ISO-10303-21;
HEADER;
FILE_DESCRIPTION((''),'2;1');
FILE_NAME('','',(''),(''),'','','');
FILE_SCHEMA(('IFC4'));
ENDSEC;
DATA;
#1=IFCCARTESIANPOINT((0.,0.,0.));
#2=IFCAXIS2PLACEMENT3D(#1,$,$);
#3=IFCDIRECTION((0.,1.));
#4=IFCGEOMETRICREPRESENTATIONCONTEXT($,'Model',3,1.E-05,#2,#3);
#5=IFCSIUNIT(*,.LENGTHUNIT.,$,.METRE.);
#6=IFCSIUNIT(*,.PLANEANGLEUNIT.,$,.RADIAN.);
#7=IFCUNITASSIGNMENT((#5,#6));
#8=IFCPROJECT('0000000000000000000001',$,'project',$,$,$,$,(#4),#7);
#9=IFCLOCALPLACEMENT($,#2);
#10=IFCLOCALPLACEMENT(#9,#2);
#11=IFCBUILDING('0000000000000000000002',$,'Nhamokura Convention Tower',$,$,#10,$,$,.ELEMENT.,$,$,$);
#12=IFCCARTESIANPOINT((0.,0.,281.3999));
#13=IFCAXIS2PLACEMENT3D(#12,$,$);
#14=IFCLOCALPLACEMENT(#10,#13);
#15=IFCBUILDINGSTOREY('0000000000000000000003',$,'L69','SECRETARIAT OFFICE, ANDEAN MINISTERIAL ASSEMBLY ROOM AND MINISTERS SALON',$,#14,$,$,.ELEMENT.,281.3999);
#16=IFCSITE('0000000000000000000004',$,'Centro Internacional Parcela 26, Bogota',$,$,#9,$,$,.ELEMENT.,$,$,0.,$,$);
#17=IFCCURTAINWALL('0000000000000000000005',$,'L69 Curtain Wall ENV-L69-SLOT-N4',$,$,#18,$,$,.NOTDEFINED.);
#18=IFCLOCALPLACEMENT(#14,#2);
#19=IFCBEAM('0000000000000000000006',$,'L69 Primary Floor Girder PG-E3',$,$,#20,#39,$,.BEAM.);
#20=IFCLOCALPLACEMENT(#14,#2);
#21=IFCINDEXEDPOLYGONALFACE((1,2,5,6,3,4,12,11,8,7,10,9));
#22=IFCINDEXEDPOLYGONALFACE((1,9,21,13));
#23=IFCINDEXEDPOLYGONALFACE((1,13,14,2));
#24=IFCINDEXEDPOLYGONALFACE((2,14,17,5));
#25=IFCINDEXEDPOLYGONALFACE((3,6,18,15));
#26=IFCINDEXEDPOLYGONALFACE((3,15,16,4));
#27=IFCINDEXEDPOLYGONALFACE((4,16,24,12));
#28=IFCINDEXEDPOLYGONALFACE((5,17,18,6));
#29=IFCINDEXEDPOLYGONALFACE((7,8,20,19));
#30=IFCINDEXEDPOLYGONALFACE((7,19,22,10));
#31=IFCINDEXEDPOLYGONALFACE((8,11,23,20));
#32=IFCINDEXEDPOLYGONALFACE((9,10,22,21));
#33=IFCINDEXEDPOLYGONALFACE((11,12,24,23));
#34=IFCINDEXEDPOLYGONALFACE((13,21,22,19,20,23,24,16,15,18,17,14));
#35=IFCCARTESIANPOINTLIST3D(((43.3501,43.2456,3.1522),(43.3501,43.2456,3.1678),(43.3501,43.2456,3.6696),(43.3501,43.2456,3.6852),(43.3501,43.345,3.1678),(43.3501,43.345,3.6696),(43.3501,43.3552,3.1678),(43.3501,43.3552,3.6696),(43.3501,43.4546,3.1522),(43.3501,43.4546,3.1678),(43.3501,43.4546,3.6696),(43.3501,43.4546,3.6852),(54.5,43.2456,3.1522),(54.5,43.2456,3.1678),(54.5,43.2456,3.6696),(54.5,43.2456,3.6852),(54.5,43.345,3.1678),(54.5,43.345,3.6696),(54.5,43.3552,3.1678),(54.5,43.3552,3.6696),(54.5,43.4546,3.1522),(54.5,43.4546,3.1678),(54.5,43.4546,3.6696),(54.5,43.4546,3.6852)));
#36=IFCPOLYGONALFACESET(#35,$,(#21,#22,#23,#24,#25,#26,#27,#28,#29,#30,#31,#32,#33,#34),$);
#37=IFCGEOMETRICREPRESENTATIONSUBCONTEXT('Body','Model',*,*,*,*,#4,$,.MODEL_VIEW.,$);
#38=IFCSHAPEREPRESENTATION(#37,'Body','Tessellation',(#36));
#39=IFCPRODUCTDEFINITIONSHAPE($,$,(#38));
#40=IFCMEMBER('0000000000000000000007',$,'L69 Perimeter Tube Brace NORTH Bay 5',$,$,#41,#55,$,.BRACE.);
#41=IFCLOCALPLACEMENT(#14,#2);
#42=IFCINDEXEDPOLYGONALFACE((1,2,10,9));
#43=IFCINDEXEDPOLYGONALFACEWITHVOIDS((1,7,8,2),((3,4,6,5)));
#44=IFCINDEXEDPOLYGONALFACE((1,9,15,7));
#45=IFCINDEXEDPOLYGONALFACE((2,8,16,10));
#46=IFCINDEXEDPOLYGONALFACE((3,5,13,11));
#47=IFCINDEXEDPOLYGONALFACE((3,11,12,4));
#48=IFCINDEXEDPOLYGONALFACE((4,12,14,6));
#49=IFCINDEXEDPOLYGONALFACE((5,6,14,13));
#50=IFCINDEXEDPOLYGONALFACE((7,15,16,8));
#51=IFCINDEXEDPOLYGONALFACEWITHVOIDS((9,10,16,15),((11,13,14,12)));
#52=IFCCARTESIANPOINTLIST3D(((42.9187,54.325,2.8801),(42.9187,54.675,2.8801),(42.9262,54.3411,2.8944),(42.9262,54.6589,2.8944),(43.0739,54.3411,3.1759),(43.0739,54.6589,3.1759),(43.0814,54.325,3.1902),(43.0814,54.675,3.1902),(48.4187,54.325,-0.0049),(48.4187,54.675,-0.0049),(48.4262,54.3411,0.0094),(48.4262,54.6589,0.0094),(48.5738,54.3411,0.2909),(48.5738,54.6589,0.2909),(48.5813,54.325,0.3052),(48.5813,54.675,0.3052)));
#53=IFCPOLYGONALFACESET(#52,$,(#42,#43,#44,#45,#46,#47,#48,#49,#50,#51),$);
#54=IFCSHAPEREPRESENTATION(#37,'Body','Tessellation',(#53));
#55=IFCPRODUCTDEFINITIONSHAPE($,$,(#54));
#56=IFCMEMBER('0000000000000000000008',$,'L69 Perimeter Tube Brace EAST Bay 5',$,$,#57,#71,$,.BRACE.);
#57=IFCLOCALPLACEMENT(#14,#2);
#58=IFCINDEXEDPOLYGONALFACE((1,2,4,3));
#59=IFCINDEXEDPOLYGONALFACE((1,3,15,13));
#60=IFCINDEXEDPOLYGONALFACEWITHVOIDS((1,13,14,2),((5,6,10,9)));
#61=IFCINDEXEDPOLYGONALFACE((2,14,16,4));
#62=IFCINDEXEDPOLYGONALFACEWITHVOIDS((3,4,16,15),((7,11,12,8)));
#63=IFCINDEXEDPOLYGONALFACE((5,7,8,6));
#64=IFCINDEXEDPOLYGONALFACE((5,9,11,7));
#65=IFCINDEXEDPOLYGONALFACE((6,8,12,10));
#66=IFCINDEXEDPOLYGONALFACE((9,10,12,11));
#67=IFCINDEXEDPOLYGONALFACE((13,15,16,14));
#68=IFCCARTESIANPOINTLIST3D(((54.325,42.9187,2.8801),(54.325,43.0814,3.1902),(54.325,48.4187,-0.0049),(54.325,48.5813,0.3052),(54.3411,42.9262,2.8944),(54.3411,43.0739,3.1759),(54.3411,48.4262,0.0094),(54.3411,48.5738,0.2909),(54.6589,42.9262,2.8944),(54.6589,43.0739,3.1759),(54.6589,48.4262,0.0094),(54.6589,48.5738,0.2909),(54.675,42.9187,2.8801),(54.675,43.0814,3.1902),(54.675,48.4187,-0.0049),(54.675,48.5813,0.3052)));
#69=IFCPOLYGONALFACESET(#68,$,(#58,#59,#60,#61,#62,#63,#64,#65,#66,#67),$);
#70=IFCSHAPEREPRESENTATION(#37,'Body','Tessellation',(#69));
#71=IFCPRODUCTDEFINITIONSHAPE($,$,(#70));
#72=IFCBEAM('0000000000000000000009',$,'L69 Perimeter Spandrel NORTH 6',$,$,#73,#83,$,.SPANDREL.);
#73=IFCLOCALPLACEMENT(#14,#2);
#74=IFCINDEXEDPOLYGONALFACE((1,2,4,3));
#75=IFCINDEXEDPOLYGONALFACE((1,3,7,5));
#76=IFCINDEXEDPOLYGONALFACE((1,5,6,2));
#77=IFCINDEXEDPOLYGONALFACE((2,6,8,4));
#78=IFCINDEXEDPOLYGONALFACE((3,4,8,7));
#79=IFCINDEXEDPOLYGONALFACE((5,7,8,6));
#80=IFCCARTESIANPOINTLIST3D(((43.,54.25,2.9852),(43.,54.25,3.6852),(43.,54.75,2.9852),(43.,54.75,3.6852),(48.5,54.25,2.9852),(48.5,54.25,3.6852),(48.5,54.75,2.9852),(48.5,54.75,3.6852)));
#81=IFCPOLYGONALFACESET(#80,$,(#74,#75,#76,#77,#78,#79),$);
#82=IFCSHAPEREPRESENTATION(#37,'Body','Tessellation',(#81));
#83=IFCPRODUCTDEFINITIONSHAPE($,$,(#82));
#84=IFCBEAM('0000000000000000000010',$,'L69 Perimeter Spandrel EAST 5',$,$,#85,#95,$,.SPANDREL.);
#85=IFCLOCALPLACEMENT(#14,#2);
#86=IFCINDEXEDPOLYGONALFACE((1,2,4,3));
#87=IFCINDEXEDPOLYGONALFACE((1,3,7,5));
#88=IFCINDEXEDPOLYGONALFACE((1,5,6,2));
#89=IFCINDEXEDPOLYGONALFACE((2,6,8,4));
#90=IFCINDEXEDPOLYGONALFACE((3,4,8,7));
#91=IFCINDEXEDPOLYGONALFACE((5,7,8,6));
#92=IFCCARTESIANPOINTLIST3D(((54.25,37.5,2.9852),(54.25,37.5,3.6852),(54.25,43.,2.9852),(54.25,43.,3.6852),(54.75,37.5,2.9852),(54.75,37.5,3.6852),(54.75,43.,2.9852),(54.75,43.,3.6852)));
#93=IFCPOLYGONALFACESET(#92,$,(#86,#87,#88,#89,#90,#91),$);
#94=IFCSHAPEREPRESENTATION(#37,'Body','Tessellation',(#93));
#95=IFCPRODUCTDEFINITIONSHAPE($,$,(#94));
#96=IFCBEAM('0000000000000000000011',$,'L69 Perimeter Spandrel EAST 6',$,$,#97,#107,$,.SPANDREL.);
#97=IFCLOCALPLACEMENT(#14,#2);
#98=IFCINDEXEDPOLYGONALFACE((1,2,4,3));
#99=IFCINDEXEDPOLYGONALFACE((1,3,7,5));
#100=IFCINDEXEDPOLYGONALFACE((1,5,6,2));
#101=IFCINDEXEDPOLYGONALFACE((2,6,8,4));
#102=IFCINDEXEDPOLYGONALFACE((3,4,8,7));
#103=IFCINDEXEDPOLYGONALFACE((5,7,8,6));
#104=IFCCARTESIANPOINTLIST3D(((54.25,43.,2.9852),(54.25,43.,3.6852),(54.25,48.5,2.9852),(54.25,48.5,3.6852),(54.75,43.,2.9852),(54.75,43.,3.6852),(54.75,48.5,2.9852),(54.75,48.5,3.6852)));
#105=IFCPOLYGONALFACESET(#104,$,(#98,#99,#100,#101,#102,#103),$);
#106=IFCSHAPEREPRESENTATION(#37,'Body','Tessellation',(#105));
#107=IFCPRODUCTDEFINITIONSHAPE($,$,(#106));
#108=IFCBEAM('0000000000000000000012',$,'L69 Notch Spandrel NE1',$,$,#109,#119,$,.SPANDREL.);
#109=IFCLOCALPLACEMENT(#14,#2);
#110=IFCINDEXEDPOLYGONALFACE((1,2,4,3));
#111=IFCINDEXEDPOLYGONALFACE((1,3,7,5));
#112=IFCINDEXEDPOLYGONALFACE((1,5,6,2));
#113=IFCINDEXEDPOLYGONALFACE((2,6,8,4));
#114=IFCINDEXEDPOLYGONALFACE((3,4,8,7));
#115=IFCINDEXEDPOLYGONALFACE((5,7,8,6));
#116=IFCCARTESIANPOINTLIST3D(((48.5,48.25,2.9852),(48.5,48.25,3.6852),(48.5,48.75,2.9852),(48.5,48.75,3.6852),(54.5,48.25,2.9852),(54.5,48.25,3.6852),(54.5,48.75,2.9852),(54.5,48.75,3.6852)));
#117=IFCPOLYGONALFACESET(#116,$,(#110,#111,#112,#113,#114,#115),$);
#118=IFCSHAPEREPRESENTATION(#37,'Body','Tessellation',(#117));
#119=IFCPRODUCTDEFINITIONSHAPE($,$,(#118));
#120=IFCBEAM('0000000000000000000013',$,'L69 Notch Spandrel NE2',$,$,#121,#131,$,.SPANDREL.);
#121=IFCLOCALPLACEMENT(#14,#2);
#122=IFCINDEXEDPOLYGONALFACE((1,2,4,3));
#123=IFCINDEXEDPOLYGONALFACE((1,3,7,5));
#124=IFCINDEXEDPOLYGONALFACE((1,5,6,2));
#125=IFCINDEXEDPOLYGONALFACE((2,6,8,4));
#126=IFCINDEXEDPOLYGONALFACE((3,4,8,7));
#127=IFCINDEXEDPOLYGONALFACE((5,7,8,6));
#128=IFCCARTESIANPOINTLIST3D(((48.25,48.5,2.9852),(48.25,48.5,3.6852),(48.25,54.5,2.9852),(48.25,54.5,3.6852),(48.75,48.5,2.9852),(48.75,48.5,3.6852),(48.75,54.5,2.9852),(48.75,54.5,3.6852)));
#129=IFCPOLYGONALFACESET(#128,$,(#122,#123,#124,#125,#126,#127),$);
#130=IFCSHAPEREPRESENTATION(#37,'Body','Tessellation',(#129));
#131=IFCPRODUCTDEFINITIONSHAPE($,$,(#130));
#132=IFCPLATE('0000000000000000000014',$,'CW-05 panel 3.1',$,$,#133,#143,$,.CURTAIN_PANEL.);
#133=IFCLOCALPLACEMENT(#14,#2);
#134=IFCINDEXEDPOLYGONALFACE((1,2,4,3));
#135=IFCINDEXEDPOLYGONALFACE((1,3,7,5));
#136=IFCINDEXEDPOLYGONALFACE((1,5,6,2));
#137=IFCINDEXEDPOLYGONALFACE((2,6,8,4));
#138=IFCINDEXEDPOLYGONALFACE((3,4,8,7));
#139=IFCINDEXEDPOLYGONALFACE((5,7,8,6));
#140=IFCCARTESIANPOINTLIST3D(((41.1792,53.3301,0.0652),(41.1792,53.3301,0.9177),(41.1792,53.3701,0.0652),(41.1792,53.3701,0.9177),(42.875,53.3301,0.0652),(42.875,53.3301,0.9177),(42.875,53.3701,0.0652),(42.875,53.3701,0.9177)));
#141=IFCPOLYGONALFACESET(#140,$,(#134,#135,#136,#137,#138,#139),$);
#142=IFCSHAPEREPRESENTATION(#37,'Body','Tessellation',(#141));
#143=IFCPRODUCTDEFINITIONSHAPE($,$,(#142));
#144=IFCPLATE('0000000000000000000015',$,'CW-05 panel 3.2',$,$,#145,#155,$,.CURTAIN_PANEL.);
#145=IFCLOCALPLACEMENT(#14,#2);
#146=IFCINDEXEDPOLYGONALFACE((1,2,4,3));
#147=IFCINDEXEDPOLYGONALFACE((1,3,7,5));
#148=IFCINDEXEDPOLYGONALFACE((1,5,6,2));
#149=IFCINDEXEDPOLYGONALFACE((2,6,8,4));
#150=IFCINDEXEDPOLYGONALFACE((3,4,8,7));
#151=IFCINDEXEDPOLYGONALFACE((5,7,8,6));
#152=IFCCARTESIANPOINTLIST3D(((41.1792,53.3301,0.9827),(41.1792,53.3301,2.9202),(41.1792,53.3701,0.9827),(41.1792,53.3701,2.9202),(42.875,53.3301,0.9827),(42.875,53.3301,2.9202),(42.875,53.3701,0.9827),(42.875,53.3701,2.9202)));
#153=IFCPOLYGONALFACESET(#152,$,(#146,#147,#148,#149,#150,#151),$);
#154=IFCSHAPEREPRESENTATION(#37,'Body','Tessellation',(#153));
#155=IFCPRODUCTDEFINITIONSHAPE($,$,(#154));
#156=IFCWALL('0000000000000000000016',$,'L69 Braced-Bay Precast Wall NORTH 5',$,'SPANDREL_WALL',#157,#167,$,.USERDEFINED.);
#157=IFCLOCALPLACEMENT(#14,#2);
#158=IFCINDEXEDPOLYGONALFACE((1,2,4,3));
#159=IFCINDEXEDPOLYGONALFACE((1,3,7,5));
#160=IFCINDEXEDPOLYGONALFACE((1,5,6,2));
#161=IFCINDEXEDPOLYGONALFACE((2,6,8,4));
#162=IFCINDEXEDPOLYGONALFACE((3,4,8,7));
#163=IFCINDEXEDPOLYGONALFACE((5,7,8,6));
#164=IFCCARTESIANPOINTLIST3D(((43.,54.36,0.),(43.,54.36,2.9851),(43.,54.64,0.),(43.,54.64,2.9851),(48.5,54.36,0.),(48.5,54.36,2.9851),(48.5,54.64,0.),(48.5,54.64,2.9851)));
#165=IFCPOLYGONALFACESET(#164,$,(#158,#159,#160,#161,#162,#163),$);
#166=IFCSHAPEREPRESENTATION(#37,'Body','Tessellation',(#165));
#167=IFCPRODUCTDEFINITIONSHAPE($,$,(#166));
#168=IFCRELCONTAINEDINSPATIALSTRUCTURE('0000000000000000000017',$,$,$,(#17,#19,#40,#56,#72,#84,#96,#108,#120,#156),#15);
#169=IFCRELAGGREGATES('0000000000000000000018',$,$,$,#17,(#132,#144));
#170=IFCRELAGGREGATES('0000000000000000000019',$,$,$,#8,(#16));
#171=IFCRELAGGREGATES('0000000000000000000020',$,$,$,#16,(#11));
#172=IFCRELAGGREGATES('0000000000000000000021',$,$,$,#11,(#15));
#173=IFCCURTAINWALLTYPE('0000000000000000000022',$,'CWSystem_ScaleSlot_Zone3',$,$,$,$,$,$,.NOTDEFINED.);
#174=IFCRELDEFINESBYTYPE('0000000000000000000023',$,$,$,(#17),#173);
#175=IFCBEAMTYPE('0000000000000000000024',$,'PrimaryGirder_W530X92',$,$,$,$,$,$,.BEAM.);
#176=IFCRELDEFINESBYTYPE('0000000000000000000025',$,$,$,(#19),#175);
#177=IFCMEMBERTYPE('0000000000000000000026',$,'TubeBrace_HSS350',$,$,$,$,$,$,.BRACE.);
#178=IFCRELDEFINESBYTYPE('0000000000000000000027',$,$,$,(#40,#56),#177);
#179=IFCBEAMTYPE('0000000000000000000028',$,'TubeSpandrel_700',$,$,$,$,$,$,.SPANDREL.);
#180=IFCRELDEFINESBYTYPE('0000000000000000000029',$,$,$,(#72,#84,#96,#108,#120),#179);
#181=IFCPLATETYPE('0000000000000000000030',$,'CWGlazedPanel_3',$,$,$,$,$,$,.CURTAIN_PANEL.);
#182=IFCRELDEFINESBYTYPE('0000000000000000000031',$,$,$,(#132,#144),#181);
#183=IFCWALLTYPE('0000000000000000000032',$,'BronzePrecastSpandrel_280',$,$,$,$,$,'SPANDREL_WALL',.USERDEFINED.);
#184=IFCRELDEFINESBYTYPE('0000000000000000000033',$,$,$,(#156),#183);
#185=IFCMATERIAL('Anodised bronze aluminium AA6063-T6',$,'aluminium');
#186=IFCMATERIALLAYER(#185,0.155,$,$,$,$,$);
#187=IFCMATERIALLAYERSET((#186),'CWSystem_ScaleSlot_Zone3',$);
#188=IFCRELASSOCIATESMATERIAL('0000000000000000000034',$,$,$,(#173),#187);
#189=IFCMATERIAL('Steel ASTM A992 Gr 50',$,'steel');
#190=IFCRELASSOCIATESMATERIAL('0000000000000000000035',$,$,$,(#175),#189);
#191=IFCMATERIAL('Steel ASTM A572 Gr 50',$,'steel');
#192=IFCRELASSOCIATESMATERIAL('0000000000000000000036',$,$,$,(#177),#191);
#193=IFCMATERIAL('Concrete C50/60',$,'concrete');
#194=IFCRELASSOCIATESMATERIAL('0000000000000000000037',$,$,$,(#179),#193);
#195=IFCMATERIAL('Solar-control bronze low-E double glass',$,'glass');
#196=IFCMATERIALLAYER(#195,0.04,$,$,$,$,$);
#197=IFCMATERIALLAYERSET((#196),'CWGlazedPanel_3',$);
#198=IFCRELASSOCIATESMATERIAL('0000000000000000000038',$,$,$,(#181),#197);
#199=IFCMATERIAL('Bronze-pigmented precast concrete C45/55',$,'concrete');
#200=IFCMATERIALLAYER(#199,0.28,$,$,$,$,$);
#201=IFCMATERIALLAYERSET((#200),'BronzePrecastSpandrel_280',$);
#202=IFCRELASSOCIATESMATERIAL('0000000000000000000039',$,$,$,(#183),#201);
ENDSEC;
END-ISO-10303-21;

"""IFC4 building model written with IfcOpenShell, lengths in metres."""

from ifc_helpers import new_model, si_unit, direction, frame, frame_2d, origin, origin_2d, place, context, subcontext, project, spatial, rectangle, hollow_rectangle, i_section, extrude, material, layer, layer_set, material_profile, profile_set, type_object, element, aggregate, save


model = new_model("IFC4")

# Units and contexts
model_context = context("Model", 3, precision=1e-05, world=origin(), true_north=direction((0.0, 1.0)))
body_context = subcontext(model_context, "Body", "Model", "MODEL_VIEW")
ifc_project = project(units=[si_unit("LENGTHUNIT", "METRE"), si_unit("PLANEANGLEUNIT", "RADIAN")], contexts=[model_context])

# Site, building, storey
site_placement = place(None, origin())
site = spatial("IfcSite", under=ifc_project, at=site_placement, Name="Centro Internacional Parcela 26, Bogota", CompositionType="ELEMENT", RefElevation=0.0)
building_placement = place(site_placement, origin())
building = spatial("IfcBuilding", under=site, at=building_placement, Name="Nhamokura Convention Tower", CompositionType="ELEMENT")
storey_placement = place(building_placement, frame((0.0, 0.0, 281.3999)))
storey = spatial("IfcBuildingStorey", under=building, at=storey_placement, Name="L69", Description="SECRETARIAT OFFICE, ANDEAN MINISTERIAL ASSEMBLY ROOM AND MINISTERS SALON", CompositionType="ELEMENT", Elevation=281.3999)

# Curtain wall
ifc_material_1 = material(Name="Anodised bronze aluminium AA6063-T6", Category="aluminium")
ifc_layer_1 = layer(ifc_material_1, 0.155)
ifc_layer_set_1 = layer_set([ifc_layer_1], Name="CWSystem_ScaleSlot_Zone3")
curtain_wall_type = type_object("IfcCurtainWallType", Name="CWSystem_ScaleSlot_Zone3", PredefinedType="NOTDEFINED", material=ifc_layer_set_1)
curtain_wall_placement = place(storey_placement, origin())
curtain_wall = element("IfcCurtainWall", 1, at=curtain_wall_placement, inside=storey, type_object=curtain_wall_type, Name="L69 Curtain Wall ENV-L69-SLOT-N4", PredefinedType="NOTDEFINED")

# Beam
ifc_material_2 = material(Name="Steel ASTM A992 Gr 50", Category="steel")
ifc_material_profile_1 = material_profile(ifc_material_2, i_section(OverallWidth=0.209, OverallDepth=0.533, WebThickness=0.0103, FlangeThickness=0.0156, at=origin_2d()))
ifc_profile_set_1 = profile_set([ifc_material_profile_1], Name="Steel ASTM A992 Gr 50")
beam_type_1 = type_object("IfcBeamType", Name="PrimaryGirder_W530X92", PredefinedType="BEAM", material=ifc_profile_set_1)
for number, where, z_axis, x_axis, name in (
    (2, (43.3501, 43.3501, 3.4187), (1.0, 0.0, 0.0), (0.0, 1.0, 0.0), "L69 Primary Floor Girder PG-E3"),
):
    element("IfcBeam", number, at=place(storey_placement, frame(where, z_axis=z_axis, x_axis=x_axis)), inside=storey, type_object=beam_type_1, Name=name, PredefinedType="BEAM", context=body_context, shape_type="SweptSolid", body=[
        extrude(i_section(OverallWidth=0.209, OverallDepth=0.533, WebThickness=0.0103, FlangeThickness=0.0156, at=origin_2d()), origin(), (0.0, 0.0, 1.0), 11.1499),
    ])

# Members
ifc_material_3 = material(Name="Steel ASTM A572 Gr 50", Category="steel")
ifc_material_profile_2 = material_profile(ifc_material_3, hollow_rectangle(XDim=0.3501, YDim=0.3501, WallThickness=0.0161, at=origin_2d()))
ifc_profile_set_2 = profile_set([ifc_material_profile_2], Name="Steel ASTM A572 Gr 50")
member_type_1 = type_object("IfcMemberType", Name="TubeBrace_HSS350", PredefinedType="BRACE", material=ifc_profile_set_2)
for number, where, z_axis, x_axis, name in (
    (3, (48.5, 54.5, 0.1501), (-0.885563, 0.0, 0.46452), (0.0, -1.0, 0.0), "L69 Perimeter Tube Brace NORTH Bay 5"),
    (4, (54.5, 48.5, 0.1501), (0.0, -0.885563, 0.46452), (1.0, 0.0, 0.0), "L69 Perimeter Tube Brace EAST Bay 5"),
):
    element("IfcMember", number, at=place(storey_placement, frame(where, z_axis=z_axis, x_axis=x_axis)), inside=storey, type_object=member_type_1, Name=name, PredefinedType="BRACE", context=body_context, shape_type="SweptSolid", body=[
        extrude(hollow_rectangle(XDim=0.3501, YDim=0.3501, WallThickness=0.0161, at=origin_2d()), origin(), (0.0, 0.0, 1.0), 6.2107),
    ])

# Beams
ifc_material_4 = material(Name="Concrete C50/60", Category="concrete")
ifc_material_profile_3 = material_profile(ifc_material_4, rectangle(XDim=0.5, YDim=0.7, at=origin_2d()))
ifc_profile_set_3 = profile_set([ifc_material_profile_3], Name="Concrete C50/60")
beam_type_2 = type_object("IfcBeamType", Name="TubeSpandrel_700", PredefinedType="SPANDREL", material=ifc_profile_set_3)
for number, where, z_axis, x_axis, name in (
    (5, (43.0, 54.5, 3.3352), (1.0, 0.0, 0.0), (0.0, 1.0, 0.0), "L69 Perimeter Spandrel NORTH 6"),
    (6, (54.5, 37.5, 3.3352), (0.0, 1.0, 0.0), (-1.0, 0.0, 0.0), "L69 Perimeter Spandrel EAST 5"),
    (7, (54.5, 43.0, 3.3352), (0.0, 1.0, 0.0), (-1.0, 0.0, 0.0), "L69 Perimeter Spandrel EAST 6"),
):
    element("IfcBeam", number, at=place(storey_placement, frame(where, z_axis=z_axis, x_axis=x_axis)), inside=storey, type_object=beam_type_2, Name=name, PredefinedType="SPANDREL", context=body_context, shape_type="SweptSolid", body=[
        extrude(rectangle(XDim=0.5, YDim=0.7, at=origin_2d()), origin(), (0.0, 0.0, 1.0), 5.5),
    ])
for number, where, z_axis, x_axis, name in (
    (8, (54.5, 48.5, 3.3352), (-1.0, 0.0, 0.0), (0.0, -1.0, 0.0), "L69 Notch Spandrel NE1"),
    (9, (48.5, 48.5, 3.3352), (0.0, 1.0, 0.0), (-1.0, 0.0, 0.0), "L69 Notch Spandrel NE2"),
):
    element("IfcBeam", number, at=place(storey_placement, frame(where, z_axis=z_axis, x_axis=x_axis)), inside=storey, type_object=beam_type_2, Name=name, PredefinedType="SPANDREL", context=body_context, shape_type="SweptSolid", body=[
        extrude(rectangle(XDim=0.5, YDim=0.7, at=origin_2d()), origin(), (0.0, 0.0, 1.0), 6.0),
    ])

# Plates
ifc_material_5 = material(Name="Solar-control bronze low-E double glass", Category="glass")
ifc_layer_2 = layer(ifc_material_5, 0.04)
ifc_layer_set_2 = layer_set([ifc_layer_2], Name="CWGlazedPanel_3")
plate_type = type_object("IfcPlateType", Name="CWGlazedPanel_3", PredefinedType="CURTAIN_PANEL", material=ifc_layer_set_2)
plate_1_placement = place(storey_placement, frame((42.0271, 53.3501, 0.0652), z_axis=(0.0, 0.0, 1.0), x_axis=(1.0, 0.0, 0.0)))
plate_1 = element("IfcPlate", 10, at=plate_1_placement, type_object=plate_type, Name="CW-05 panel 3.1", PredefinedType="CURTAIN_PANEL", context=body_context, shape_type="SweptSolid", body=[
    extrude(rectangle(XDim=1.6958, YDim=0.04, at=origin_2d()), origin(), (0.0, 0.0, 1.0), 0.8525),
])
plate_2_placement = place(storey_placement, frame((42.0271, 53.3501, 0.9827), z_axis=(0.0, 0.0, 1.0), x_axis=(1.0, 0.0, 0.0)))
plate_2 = element("IfcPlate", 11, at=plate_2_placement, type_object=plate_type, Name="CW-05 panel 3.2", PredefinedType="CURTAIN_PANEL", context=body_context, shape_type="SweptSolid", body=[
    extrude(rectangle(XDim=1.6958, YDim=0.04, at=origin_2d()), origin(), (0.0, 0.0, 1.0), 1.9375),
])
aggregate(curtain_wall, [plate_1, plate_2])

# Wall
ifc_material_6 = material(Name="Bronze-pigmented precast concrete C45/55", Category="concrete")
ifc_layer_3 = layer(ifc_material_6, 0.28)
ifc_layer_set_3 = layer_set([ifc_layer_3], Name="BronzePrecastSpandrel_280")
wall_type_1 = type_object("IfcWallType", Name="BronzePrecastSpandrel_280", ElementType="SPANDREL_WALL", PredefinedType="USERDEFINED", material=ifc_layer_set_3)
wall_1_placement = place(storey_placement, frame((43.0, 54.5, 0.0), z_axis=(0.0, 0.0, 1.0), x_axis=(1.0, 0.0, 0.0)))
element("IfcWall", 12, at=wall_1_placement, inside=storey, type_object=wall_type_1, Name="L69 Braced-Bay Precast Wall NORTH 5", ObjectType="SPANDREL_WALL", PredefinedType="USERDEFINED", context=body_context, shape_type="SweptSolid", body=[
    extrude(rectangle(XDim=5.5, YDim=0.28, at=frame_2d((2.75, 0.0))), origin(), (0.0, 0.0, 1.0), 2.9851),
])

save(model, "model.ifc")
